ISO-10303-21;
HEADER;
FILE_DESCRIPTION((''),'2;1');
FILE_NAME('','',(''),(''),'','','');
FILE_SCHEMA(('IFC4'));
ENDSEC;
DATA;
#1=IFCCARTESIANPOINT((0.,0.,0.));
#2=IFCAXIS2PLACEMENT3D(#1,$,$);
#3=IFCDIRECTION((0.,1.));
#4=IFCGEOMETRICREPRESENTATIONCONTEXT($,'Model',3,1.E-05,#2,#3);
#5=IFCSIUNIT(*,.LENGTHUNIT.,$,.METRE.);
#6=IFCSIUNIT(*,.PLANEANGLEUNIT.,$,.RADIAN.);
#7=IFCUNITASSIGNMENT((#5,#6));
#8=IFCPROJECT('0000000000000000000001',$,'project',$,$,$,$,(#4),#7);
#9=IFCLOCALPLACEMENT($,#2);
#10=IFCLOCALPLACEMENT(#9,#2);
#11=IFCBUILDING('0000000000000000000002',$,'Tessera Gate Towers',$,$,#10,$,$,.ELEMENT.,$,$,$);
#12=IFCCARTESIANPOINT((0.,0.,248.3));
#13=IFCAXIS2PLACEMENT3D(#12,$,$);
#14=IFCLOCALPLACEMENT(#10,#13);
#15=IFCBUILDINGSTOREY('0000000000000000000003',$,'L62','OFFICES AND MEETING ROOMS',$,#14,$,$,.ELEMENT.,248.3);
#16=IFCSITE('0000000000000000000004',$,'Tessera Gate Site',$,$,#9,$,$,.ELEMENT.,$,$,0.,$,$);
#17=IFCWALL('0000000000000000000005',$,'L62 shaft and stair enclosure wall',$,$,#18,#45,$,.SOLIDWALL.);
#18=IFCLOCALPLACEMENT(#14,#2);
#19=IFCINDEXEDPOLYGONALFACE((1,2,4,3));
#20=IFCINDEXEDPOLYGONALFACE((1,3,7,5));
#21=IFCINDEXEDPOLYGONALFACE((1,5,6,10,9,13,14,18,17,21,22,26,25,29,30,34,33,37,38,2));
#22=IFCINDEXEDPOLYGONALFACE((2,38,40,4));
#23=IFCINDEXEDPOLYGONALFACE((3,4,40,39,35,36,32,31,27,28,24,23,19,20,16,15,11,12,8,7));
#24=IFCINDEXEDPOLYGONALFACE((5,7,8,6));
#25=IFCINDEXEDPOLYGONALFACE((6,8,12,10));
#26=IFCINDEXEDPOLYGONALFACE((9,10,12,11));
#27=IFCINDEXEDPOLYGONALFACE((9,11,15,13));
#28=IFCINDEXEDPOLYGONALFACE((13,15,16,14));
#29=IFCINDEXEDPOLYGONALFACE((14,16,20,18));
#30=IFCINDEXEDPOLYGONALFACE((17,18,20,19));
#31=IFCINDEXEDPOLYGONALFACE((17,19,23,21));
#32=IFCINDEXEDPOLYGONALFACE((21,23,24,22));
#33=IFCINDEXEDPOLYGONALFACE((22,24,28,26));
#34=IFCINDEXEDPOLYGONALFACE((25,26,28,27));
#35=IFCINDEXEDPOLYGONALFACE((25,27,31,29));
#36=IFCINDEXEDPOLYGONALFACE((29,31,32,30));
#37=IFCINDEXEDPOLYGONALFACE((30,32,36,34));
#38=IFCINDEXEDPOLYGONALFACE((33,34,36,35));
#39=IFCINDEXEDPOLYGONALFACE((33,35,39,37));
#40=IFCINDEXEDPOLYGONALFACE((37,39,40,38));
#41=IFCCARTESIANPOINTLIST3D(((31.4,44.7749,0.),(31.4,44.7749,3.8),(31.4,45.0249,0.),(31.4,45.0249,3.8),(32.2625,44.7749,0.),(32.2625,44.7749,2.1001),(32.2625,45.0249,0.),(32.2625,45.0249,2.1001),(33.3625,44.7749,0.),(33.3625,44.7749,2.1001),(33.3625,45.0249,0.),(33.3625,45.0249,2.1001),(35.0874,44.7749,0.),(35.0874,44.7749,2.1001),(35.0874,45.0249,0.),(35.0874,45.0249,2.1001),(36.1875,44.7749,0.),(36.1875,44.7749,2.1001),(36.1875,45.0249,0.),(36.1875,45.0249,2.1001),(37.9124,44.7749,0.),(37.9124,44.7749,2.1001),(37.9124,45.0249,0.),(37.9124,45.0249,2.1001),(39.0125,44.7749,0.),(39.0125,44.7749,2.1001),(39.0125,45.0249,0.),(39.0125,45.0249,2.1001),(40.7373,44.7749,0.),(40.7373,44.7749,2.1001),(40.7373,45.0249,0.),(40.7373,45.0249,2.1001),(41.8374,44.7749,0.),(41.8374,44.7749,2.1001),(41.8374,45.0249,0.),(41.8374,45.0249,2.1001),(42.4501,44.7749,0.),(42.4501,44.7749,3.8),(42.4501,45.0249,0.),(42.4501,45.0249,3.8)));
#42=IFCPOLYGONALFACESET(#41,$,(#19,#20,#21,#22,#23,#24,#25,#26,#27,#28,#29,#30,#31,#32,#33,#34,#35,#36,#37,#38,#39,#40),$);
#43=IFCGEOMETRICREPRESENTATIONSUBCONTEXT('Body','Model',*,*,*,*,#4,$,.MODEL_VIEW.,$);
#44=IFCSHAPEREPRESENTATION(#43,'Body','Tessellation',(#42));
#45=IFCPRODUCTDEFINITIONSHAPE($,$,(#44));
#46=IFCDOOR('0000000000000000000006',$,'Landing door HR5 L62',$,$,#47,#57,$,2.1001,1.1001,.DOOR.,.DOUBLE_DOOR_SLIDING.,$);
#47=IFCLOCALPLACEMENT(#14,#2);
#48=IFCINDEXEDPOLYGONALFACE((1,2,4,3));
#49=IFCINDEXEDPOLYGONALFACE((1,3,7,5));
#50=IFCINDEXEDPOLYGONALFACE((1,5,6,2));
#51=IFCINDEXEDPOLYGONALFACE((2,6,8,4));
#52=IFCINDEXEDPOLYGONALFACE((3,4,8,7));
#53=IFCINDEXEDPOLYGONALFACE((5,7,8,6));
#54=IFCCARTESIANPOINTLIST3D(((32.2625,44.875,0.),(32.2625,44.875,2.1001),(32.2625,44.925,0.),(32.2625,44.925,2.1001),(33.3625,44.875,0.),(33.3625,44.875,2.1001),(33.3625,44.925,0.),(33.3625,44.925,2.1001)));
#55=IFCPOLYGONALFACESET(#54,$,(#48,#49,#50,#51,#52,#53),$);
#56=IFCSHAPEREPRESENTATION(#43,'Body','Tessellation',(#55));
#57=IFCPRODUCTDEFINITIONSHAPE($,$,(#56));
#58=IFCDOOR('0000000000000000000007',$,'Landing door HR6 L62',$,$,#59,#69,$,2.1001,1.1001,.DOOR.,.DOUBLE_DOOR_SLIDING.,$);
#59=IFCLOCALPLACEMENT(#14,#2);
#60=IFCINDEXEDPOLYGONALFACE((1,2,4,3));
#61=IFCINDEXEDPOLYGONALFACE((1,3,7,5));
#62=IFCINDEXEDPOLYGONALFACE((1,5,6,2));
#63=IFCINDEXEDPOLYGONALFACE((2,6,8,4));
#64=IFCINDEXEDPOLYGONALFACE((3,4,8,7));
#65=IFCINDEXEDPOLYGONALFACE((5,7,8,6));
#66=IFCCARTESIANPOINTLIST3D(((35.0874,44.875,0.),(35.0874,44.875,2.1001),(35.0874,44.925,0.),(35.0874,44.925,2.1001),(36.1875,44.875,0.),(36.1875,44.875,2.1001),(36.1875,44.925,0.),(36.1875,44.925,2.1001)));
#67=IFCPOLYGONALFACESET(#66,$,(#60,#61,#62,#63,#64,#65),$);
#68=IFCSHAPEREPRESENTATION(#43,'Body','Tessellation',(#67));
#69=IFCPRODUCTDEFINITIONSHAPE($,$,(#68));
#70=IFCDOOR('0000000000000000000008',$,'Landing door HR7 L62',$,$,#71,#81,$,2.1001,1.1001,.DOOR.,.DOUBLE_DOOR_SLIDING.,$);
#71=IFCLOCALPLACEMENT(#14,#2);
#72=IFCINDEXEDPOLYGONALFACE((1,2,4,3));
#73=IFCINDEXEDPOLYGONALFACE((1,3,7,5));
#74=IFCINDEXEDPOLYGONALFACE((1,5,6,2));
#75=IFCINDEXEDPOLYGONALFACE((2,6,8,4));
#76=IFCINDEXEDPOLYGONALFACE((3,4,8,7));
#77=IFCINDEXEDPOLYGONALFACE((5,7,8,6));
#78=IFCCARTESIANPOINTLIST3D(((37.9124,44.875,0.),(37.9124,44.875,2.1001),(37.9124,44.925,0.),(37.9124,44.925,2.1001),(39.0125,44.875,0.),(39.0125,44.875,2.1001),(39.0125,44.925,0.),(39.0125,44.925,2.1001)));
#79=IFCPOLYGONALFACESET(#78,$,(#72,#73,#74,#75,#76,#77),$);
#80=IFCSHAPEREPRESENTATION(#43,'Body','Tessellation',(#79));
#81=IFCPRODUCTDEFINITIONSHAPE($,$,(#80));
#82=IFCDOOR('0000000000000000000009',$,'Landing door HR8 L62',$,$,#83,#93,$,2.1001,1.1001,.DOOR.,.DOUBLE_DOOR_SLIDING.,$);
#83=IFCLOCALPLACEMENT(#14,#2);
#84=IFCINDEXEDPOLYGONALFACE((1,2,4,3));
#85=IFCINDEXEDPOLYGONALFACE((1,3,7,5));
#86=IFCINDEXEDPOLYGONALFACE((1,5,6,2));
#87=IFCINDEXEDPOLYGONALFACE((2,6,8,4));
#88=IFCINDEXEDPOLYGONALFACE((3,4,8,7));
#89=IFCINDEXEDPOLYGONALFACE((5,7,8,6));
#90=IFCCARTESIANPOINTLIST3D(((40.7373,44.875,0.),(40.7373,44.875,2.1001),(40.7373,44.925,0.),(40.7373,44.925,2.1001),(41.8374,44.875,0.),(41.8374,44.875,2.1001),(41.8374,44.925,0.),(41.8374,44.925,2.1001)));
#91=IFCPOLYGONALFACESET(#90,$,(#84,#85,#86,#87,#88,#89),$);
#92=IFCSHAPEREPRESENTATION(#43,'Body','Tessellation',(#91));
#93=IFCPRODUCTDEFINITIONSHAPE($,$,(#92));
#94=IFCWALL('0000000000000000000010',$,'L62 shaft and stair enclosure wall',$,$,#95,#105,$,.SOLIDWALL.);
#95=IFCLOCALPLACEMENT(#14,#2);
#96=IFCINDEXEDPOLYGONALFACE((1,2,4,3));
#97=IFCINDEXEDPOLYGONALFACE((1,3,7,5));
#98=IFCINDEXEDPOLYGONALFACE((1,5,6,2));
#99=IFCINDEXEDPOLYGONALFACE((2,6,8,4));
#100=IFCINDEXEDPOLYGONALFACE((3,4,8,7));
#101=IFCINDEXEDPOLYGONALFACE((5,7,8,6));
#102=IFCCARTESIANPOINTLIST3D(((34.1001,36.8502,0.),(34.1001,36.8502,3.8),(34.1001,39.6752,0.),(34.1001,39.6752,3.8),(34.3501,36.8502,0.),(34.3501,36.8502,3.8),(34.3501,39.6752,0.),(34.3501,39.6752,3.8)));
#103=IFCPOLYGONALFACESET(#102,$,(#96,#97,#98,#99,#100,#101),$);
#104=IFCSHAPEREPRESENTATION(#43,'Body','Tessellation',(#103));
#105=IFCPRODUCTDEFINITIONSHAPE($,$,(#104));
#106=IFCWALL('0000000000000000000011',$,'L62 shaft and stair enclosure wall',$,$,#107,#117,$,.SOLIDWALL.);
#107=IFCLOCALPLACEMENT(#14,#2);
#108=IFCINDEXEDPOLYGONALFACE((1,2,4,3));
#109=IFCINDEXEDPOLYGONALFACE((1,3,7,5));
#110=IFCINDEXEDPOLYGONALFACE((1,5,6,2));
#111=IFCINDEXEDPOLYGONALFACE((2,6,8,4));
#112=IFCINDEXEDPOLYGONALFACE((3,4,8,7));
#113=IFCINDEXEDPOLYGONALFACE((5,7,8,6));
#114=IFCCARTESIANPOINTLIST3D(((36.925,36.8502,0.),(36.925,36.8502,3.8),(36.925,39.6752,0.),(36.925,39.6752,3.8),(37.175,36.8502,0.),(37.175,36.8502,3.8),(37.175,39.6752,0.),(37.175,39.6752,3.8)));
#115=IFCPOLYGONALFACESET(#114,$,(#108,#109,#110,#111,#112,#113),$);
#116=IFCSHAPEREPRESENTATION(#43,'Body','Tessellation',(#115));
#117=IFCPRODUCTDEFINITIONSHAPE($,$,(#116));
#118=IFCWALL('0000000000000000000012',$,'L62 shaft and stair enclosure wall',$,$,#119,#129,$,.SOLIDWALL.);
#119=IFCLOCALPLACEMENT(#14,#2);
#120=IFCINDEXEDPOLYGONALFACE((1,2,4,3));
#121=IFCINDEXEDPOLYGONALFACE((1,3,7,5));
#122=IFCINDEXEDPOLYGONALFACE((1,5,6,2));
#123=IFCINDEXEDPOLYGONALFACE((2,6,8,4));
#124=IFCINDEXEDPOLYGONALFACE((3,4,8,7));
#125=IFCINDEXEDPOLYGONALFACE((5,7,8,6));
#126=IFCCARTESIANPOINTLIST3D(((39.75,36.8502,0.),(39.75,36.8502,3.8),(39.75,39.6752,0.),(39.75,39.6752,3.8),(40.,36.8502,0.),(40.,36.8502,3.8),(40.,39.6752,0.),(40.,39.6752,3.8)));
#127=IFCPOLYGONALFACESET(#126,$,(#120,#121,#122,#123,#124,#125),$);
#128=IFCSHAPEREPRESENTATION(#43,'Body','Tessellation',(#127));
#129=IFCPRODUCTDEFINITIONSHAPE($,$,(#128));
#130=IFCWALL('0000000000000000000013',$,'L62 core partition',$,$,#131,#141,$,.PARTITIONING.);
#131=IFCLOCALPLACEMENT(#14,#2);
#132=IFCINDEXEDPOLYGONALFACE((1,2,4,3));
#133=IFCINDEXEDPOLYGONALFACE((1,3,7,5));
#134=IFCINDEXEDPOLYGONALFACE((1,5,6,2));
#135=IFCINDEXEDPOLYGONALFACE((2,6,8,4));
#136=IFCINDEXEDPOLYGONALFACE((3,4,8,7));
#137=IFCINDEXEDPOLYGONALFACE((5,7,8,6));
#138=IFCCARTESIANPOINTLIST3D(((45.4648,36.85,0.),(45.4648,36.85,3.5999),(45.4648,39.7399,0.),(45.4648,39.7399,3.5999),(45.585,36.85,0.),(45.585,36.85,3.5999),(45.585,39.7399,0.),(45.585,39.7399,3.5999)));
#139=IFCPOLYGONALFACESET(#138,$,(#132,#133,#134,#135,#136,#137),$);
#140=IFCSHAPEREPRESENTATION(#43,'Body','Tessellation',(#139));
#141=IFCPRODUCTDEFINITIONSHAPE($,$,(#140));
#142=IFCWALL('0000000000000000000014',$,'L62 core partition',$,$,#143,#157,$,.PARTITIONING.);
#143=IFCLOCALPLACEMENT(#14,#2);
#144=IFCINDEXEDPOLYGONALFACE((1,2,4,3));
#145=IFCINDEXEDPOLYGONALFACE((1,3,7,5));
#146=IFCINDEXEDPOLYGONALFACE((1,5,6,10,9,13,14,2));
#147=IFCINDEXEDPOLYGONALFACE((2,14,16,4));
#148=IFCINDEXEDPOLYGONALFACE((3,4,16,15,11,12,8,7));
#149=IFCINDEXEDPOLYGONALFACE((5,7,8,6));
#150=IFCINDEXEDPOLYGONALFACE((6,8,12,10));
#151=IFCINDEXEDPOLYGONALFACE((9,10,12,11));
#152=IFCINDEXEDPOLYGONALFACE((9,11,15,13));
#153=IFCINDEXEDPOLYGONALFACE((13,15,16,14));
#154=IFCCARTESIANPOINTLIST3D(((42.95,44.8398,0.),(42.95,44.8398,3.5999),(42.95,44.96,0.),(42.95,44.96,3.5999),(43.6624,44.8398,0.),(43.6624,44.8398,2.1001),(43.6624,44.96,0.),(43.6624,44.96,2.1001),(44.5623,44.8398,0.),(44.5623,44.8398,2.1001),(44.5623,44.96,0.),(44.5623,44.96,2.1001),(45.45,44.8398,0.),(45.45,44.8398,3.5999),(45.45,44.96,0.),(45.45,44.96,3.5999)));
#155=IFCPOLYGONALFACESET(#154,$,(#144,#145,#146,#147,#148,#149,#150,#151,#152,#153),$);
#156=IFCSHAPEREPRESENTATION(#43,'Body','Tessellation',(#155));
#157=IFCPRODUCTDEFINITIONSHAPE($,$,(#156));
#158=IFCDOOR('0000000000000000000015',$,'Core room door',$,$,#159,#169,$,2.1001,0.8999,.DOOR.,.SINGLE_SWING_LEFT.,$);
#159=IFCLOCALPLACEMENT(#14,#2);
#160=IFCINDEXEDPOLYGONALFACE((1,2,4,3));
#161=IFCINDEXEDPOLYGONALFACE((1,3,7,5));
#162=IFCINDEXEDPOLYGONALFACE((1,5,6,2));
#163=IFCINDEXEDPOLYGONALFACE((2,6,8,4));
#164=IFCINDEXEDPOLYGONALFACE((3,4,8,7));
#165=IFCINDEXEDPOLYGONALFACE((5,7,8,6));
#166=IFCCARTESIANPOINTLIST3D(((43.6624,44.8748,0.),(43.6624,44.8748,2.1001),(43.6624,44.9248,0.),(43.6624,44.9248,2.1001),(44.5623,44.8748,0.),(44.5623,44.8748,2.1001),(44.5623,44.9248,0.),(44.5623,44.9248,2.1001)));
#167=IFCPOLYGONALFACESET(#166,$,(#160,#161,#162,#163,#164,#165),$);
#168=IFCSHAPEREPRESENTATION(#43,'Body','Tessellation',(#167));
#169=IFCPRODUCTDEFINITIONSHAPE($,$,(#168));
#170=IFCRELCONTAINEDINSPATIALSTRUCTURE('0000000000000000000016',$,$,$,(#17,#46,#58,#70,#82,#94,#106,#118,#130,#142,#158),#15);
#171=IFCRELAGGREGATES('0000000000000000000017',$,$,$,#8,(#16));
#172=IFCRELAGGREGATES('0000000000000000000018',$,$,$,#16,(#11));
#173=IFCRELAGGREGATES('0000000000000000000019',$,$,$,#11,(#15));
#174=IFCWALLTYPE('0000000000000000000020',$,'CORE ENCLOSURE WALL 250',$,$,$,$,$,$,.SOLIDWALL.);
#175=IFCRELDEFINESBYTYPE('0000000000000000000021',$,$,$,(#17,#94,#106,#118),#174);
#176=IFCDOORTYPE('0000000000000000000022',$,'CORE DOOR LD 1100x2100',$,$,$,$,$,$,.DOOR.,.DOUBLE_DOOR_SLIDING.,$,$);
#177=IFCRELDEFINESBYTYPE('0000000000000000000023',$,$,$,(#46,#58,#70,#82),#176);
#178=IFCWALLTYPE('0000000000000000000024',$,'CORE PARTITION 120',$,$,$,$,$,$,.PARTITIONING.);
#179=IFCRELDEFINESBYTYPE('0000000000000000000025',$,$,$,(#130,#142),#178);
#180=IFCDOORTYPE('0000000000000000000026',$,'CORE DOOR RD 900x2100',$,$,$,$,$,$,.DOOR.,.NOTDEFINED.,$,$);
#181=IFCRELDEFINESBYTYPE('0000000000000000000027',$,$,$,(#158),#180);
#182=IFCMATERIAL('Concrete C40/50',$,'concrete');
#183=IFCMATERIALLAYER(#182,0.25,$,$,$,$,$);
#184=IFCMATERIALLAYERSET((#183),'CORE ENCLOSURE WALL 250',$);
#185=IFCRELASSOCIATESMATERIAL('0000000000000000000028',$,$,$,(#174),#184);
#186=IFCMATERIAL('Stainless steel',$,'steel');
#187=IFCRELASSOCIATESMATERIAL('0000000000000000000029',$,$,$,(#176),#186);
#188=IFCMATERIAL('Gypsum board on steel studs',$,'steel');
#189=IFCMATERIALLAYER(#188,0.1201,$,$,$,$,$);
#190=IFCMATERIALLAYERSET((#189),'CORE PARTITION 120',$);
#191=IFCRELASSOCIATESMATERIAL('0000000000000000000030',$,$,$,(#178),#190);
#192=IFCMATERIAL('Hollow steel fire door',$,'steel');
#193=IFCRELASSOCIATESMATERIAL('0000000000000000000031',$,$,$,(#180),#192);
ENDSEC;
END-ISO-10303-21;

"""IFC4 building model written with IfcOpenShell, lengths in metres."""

from ifc_helpers import new_model, si_unit, direction, frame, frame_2d, origin, place, context, subcontext, project, spatial, rectangle, extrude, source, transform, mapped, material, layer, layer_set, type_object, element, fill, save


model = new_model("IFC4")

# Units and contexts
model_context = context("Model", 3, precision=1e-05, world=origin(), true_north=direction((0.0, 1.0)))
body_context = subcontext(model_context, "Body", "Model", "MODEL_VIEW")
ifc_project = project(units=[si_unit("LENGTHUNIT", "METRE"), si_unit("PLANEANGLEUNIT", "RADIAN")], contexts=[model_context])

# Site, building, storey
site_placement = place(None, origin())
site = spatial("IfcSite", under=ifc_project, at=site_placement, Name="Tessera Gate Site", CompositionType="ELEMENT", RefElevation=0.0)
building_placement = place(site_placement, origin())
building = spatial("IfcBuilding", under=site, at=building_placement, Name="Tessera Gate Towers", CompositionType="ELEMENT")
storey_placement = place(building_placement, frame((0.0, 0.0, 248.3)))
storey = spatial("IfcBuildingStorey", under=building, at=storey_placement, Name="L62", Description="OFFICES AND MEETING ROOMS", CompositionType="ELEMENT", Elevation=248.3)

# Wall, openings, doors
ifc_material_1 = material(Name="Concrete C40/50", Category="concrete")
ifc_layer_1 = layer(ifc_material_1, 0.25)
ifc_layer_set_1 = layer_set([ifc_layer_1], Name="CORE ENCLOSURE WALL 250")
wall_type_1 = type_object("IfcWallType", Name="CORE ENCLOSURE WALL 250", PredefinedType="SOLIDWALL", material=ifc_layer_set_1)
shared_shape_1 = source(origin(), body_context, "Body", "SweptSolid", [
    extrude(rectangle(XDim=1.1001, YDim=2.1001, at=frame_2d((0.55, 1.05))), frame((0.0, 0.135, 0.0), z_axis=(0.0, -1.0, 0.0), x_axis=(1.0, 0.0, 0.0)), (0.0, 0.0, 1.0), 0.27),
])
ifc_material_2 = material(Name="Stainless steel", Category="steel")
door_type_1 = type_object("IfcDoorType", Name="CORE DOOR LD 1100x2100", OperationType="DOUBLE_DOOR_SLIDING", PredefinedType="DOOR", material=ifc_material_2)
shared_shape_2 = source(origin(), body_context, "Body", "SweptSolid", [
    extrude(rectangle(XDim=1.1001, YDim=2.1001, at=frame_2d((0.55, 1.05))), frame((0.0, 0.0249, 0.0), z_axis=(0.0, -1.0, 0.0), x_axis=(1.0, 0.0, 0.0)), (0.0, 0.0, 1.0), 0.05),
])
wall_1_placement = place(storey_placement, frame((42.45, 44.8999, 0.0), z_axis=(0.0, 0.0, 1.0), x_axis=(-1.0, 0.0, 0.0)))
wall_1 = element("IfcWall", 1, at=wall_1_placement, inside=storey, type_object=wall_type_1, Name="L62 shaft and stair enclosure wall", PredefinedType="SOLIDWALL", context=body_context, shape_type="SweptSolid", body=[
    extrude(rectangle(XDim=11.05, YDim=0.25, at=frame_2d((5.5249, 0.0))), origin(), (0.0, 0.0, 1.0), 3.8),
])
opening_1_placement = place(wall_1_placement, frame((9.0874, 0.0, 0.0)))
opening_1 = element("IfcOpeningElement", 2, at=opening_1_placement, cuts=wall_1, PredefinedType="OPENING", context=body_context, shape_type="MappedRepresentation", body=[
    mapped(shared_shape_1, transform((0.0, 0.0, 0.0), scale=1.0)),
])
opening_2_placement = place(wall_1_placement, frame((6.2625, 0.0, 0.0)))
opening_2 = element("IfcOpeningElement", 3, at=opening_2_placement, cuts=wall_1, PredefinedType="OPENING", context=body_context, shape_type="MappedRepresentation", body=[
    mapped(shared_shape_1, transform((0.0, 0.0, 0.0), scale=1.0)),
])
opening_3_placement = place(wall_1_placement, frame((3.4375, 0.0, 0.0)))
opening_3 = element("IfcOpeningElement", 4, at=opening_3_placement, cuts=wall_1, PredefinedType="OPENING", context=body_context, shape_type="MappedRepresentation", body=[
    mapped(shared_shape_1, transform((0.0, 0.0, 0.0), scale=1.0)),
])
opening_4_placement = place(wall_1_placement, frame((0.6125, 0.0, 0.0)))
opening_4 = element("IfcOpeningElement", 5, at=opening_4_placement, cuts=wall_1, PredefinedType="OPENING", context=body_context, shape_type="MappedRepresentation", body=[
    mapped(shared_shape_1, transform((0.0, 0.0, 0.0), scale=1.0)),
])
door_1_placement = place(opening_1_placement, origin())
door_1 = element("IfcDoor", 6, at=door_1_placement, inside=storey, type_object=door_type_1, Name="Landing door HR5 L62", OperationType="DOUBLE_DOOR_SLIDING", OverallHeight=2.1001, OverallWidth=1.1001, PredefinedType="DOOR", context=body_context, shape_type="MappedRepresentation", body=[
    mapped(shared_shape_2, transform((0.0, 0.0, 0.0), scale=1.0)),
])
fill(opening_1, door_1)
door_2_placement = place(opening_2_placement, origin())
door_2 = element("IfcDoor", 7, at=door_2_placement, inside=storey, type_object=door_type_1, Name="Landing door HR6 L62", OperationType="DOUBLE_DOOR_SLIDING", OverallHeight=2.1001, OverallWidth=1.1001, PredefinedType="DOOR", context=body_context, shape_type="MappedRepresentation", body=[
    mapped(shared_shape_2, transform((0.0, 0.0, 0.0), scale=1.0)),
])
fill(opening_2, door_2)
door_3_placement = place(opening_3_placement, origin())
door_3 = element("IfcDoor", 8, at=door_3_placement, inside=storey, type_object=door_type_1, Name="Landing door HR7 L62", OperationType="DOUBLE_DOOR_SLIDING", OverallHeight=2.1001, OverallWidth=1.1001, PredefinedType="DOOR", context=body_context, shape_type="MappedRepresentation", body=[
    mapped(shared_shape_2, transform((0.0, 0.0, 0.0), scale=1.0)),
])
fill(opening_3, door_3)
door_4_placement = place(opening_4_placement, origin())
door_4 = element("IfcDoor", 9, at=door_4_placement, inside=storey, type_object=door_type_1, Name="Landing door HR8 L62", OperationType="DOUBLE_DOOR_SLIDING", OverallHeight=2.1001, OverallWidth=1.1001, PredefinedType="DOOR", context=body_context, shape_type="MappedRepresentation", body=[
    mapped(shared_shape_2, transform((0.0, 0.0, 0.0), scale=1.0)),
])
fill(opening_4, door_4)

# Walls
for number, where, z_axis, x_axis, name in (
    (10, (34.2251, 36.8501, 0.0), (0.0, 0.0, 1.0), (0.0, 1.0, 0.0), "L62 shaft and stair enclosure wall"),
    (11, (37.05, 36.8501, 0.0), (0.0, 0.0, 1.0), (0.0, 1.0, 0.0), "L62 shaft and stair enclosure wall"),
    (12, (39.875, 36.8501, 0.0), (0.0, 0.0, 1.0), (0.0, 1.0, 0.0), "L62 shaft and stair enclosure wall"),
):
    element("IfcWall", number, at=place(storey_placement, frame(where, z_axis=z_axis, x_axis=x_axis)), inside=storey, type_object=wall_type_1, Name=name, PredefinedType="SOLIDWALL", context=body_context, shape_type="SweptSolid", body=[
        extrude(rectangle(XDim=2.825, YDim=0.25, at=frame_2d((1.4126, 0.0))), origin(), (0.0, 0.0, 1.0), 3.8),
    ])
ifc_material_3 = material(Name="Gypsum board on steel studs", Category="steel")
ifc_layer_2 = layer(ifc_material_3, 0.1201)
ifc_layer_set_2 = layer_set([ifc_layer_2], Name="CORE PARTITION 120")
wall_type_2 = type_object("IfcWallType", Name="CORE PARTITION 120", PredefinedType="PARTITIONING", material=ifc_layer_set_2)
wall_2_placement = place(storey_placement, frame((45.5249, 36.8501, 0.0), z_axis=(0.0, 0.0, 1.0), x_axis=(0.0, 1.0, 0.0)))
element("IfcWall", 13, at=wall_2_placement, inside=storey, type_object=wall_type_2, Name="L62 core partition", PredefinedType="PARTITIONING", context=body_context, shape_type="SweptSolid", body=[
    extrude(rectangle(XDim=2.8899, YDim=0.1201, at=frame_2d((1.4448, 0.0))), origin(), (0.0, 0.0, 1.0), 3.5999),
])

# Wall, opening, door
wall_3_placement = place(storey_placement, frame((42.95, 44.8999, 0.0), z_axis=(0.0, 0.0, 1.0), x_axis=(1.0, 0.0, 0.0)))
wall_3 = element("IfcWall", 14, at=wall_3_placement, inside=storey, type_object=wall_type_2, Name="L62 core partition", PredefinedType="PARTITIONING", context=body_context, shape_type="SweptSolid", body=[
    extrude(rectangle(XDim=2.5, YDim=0.1201, at=frame_2d((1.25, 0.0))), origin(), (0.0, 0.0, 1.0), 3.5999),
])
shared_shape_3 = source(origin(), body_context, "Body", "SweptSolid", [
    extrude(rectangle(XDim=0.8999, YDim=2.1001, at=frame_2d((0.45, 1.05))), frame((0.0, 0.0701, 0.0), z_axis=(0.0, -1.0, 0.0), x_axis=(1.0, 0.0, 0.0)), (0.0, 0.0, 1.0), 0.1401),
])
opening_5_placement = place(wall_3_placement, frame((0.7124, 0.0, 0.0)))
opening_5 = element("IfcOpeningElement", 15, at=opening_5_placement, cuts=wall_3, PredefinedType="OPENING", context=body_context, shape_type="MappedRepresentation", body=[
    mapped(shared_shape_3, transform((0.0, 0.0, 0.0), scale=1.0)),
])
ifc_material_4 = material(Name="Hollow steel fire door", Category="steel")
door_type_2 = type_object("IfcDoorType", Name="CORE DOOR RD 900x2100", OperationType="NOTDEFINED", PredefinedType="DOOR", material=ifc_material_4)
shared_shape_4 = source(origin(), body_context, "Body", "SweptSolid", [
    extrude(rectangle(XDim=0.8999, YDim=2.1001, at=frame_2d((0.45, 1.05))), frame((0.0, 0.0249, 0.0), z_axis=(0.0, -1.0, 0.0), x_axis=(1.0, 0.0, 0.0)), (0.0, 0.0, 1.0), 0.05),
])
door_5_placement = place(opening_5_placement, origin())
door_5 = element("IfcDoor", 16, at=door_5_placement, inside=storey, type_object=door_type_2, Name="Core room door", OperationType="SINGLE_SWING_LEFT", OverallHeight=2.1001, OverallWidth=0.8999, PredefinedType="DOOR", context=body_context, shape_type="MappedRepresentation", body=[
    mapped(shared_shape_4, transform((0.0, 0.0, 0.0), scale=1.0)),
])
fill(opening_5, door_5)

save(model, "model.ifc")
